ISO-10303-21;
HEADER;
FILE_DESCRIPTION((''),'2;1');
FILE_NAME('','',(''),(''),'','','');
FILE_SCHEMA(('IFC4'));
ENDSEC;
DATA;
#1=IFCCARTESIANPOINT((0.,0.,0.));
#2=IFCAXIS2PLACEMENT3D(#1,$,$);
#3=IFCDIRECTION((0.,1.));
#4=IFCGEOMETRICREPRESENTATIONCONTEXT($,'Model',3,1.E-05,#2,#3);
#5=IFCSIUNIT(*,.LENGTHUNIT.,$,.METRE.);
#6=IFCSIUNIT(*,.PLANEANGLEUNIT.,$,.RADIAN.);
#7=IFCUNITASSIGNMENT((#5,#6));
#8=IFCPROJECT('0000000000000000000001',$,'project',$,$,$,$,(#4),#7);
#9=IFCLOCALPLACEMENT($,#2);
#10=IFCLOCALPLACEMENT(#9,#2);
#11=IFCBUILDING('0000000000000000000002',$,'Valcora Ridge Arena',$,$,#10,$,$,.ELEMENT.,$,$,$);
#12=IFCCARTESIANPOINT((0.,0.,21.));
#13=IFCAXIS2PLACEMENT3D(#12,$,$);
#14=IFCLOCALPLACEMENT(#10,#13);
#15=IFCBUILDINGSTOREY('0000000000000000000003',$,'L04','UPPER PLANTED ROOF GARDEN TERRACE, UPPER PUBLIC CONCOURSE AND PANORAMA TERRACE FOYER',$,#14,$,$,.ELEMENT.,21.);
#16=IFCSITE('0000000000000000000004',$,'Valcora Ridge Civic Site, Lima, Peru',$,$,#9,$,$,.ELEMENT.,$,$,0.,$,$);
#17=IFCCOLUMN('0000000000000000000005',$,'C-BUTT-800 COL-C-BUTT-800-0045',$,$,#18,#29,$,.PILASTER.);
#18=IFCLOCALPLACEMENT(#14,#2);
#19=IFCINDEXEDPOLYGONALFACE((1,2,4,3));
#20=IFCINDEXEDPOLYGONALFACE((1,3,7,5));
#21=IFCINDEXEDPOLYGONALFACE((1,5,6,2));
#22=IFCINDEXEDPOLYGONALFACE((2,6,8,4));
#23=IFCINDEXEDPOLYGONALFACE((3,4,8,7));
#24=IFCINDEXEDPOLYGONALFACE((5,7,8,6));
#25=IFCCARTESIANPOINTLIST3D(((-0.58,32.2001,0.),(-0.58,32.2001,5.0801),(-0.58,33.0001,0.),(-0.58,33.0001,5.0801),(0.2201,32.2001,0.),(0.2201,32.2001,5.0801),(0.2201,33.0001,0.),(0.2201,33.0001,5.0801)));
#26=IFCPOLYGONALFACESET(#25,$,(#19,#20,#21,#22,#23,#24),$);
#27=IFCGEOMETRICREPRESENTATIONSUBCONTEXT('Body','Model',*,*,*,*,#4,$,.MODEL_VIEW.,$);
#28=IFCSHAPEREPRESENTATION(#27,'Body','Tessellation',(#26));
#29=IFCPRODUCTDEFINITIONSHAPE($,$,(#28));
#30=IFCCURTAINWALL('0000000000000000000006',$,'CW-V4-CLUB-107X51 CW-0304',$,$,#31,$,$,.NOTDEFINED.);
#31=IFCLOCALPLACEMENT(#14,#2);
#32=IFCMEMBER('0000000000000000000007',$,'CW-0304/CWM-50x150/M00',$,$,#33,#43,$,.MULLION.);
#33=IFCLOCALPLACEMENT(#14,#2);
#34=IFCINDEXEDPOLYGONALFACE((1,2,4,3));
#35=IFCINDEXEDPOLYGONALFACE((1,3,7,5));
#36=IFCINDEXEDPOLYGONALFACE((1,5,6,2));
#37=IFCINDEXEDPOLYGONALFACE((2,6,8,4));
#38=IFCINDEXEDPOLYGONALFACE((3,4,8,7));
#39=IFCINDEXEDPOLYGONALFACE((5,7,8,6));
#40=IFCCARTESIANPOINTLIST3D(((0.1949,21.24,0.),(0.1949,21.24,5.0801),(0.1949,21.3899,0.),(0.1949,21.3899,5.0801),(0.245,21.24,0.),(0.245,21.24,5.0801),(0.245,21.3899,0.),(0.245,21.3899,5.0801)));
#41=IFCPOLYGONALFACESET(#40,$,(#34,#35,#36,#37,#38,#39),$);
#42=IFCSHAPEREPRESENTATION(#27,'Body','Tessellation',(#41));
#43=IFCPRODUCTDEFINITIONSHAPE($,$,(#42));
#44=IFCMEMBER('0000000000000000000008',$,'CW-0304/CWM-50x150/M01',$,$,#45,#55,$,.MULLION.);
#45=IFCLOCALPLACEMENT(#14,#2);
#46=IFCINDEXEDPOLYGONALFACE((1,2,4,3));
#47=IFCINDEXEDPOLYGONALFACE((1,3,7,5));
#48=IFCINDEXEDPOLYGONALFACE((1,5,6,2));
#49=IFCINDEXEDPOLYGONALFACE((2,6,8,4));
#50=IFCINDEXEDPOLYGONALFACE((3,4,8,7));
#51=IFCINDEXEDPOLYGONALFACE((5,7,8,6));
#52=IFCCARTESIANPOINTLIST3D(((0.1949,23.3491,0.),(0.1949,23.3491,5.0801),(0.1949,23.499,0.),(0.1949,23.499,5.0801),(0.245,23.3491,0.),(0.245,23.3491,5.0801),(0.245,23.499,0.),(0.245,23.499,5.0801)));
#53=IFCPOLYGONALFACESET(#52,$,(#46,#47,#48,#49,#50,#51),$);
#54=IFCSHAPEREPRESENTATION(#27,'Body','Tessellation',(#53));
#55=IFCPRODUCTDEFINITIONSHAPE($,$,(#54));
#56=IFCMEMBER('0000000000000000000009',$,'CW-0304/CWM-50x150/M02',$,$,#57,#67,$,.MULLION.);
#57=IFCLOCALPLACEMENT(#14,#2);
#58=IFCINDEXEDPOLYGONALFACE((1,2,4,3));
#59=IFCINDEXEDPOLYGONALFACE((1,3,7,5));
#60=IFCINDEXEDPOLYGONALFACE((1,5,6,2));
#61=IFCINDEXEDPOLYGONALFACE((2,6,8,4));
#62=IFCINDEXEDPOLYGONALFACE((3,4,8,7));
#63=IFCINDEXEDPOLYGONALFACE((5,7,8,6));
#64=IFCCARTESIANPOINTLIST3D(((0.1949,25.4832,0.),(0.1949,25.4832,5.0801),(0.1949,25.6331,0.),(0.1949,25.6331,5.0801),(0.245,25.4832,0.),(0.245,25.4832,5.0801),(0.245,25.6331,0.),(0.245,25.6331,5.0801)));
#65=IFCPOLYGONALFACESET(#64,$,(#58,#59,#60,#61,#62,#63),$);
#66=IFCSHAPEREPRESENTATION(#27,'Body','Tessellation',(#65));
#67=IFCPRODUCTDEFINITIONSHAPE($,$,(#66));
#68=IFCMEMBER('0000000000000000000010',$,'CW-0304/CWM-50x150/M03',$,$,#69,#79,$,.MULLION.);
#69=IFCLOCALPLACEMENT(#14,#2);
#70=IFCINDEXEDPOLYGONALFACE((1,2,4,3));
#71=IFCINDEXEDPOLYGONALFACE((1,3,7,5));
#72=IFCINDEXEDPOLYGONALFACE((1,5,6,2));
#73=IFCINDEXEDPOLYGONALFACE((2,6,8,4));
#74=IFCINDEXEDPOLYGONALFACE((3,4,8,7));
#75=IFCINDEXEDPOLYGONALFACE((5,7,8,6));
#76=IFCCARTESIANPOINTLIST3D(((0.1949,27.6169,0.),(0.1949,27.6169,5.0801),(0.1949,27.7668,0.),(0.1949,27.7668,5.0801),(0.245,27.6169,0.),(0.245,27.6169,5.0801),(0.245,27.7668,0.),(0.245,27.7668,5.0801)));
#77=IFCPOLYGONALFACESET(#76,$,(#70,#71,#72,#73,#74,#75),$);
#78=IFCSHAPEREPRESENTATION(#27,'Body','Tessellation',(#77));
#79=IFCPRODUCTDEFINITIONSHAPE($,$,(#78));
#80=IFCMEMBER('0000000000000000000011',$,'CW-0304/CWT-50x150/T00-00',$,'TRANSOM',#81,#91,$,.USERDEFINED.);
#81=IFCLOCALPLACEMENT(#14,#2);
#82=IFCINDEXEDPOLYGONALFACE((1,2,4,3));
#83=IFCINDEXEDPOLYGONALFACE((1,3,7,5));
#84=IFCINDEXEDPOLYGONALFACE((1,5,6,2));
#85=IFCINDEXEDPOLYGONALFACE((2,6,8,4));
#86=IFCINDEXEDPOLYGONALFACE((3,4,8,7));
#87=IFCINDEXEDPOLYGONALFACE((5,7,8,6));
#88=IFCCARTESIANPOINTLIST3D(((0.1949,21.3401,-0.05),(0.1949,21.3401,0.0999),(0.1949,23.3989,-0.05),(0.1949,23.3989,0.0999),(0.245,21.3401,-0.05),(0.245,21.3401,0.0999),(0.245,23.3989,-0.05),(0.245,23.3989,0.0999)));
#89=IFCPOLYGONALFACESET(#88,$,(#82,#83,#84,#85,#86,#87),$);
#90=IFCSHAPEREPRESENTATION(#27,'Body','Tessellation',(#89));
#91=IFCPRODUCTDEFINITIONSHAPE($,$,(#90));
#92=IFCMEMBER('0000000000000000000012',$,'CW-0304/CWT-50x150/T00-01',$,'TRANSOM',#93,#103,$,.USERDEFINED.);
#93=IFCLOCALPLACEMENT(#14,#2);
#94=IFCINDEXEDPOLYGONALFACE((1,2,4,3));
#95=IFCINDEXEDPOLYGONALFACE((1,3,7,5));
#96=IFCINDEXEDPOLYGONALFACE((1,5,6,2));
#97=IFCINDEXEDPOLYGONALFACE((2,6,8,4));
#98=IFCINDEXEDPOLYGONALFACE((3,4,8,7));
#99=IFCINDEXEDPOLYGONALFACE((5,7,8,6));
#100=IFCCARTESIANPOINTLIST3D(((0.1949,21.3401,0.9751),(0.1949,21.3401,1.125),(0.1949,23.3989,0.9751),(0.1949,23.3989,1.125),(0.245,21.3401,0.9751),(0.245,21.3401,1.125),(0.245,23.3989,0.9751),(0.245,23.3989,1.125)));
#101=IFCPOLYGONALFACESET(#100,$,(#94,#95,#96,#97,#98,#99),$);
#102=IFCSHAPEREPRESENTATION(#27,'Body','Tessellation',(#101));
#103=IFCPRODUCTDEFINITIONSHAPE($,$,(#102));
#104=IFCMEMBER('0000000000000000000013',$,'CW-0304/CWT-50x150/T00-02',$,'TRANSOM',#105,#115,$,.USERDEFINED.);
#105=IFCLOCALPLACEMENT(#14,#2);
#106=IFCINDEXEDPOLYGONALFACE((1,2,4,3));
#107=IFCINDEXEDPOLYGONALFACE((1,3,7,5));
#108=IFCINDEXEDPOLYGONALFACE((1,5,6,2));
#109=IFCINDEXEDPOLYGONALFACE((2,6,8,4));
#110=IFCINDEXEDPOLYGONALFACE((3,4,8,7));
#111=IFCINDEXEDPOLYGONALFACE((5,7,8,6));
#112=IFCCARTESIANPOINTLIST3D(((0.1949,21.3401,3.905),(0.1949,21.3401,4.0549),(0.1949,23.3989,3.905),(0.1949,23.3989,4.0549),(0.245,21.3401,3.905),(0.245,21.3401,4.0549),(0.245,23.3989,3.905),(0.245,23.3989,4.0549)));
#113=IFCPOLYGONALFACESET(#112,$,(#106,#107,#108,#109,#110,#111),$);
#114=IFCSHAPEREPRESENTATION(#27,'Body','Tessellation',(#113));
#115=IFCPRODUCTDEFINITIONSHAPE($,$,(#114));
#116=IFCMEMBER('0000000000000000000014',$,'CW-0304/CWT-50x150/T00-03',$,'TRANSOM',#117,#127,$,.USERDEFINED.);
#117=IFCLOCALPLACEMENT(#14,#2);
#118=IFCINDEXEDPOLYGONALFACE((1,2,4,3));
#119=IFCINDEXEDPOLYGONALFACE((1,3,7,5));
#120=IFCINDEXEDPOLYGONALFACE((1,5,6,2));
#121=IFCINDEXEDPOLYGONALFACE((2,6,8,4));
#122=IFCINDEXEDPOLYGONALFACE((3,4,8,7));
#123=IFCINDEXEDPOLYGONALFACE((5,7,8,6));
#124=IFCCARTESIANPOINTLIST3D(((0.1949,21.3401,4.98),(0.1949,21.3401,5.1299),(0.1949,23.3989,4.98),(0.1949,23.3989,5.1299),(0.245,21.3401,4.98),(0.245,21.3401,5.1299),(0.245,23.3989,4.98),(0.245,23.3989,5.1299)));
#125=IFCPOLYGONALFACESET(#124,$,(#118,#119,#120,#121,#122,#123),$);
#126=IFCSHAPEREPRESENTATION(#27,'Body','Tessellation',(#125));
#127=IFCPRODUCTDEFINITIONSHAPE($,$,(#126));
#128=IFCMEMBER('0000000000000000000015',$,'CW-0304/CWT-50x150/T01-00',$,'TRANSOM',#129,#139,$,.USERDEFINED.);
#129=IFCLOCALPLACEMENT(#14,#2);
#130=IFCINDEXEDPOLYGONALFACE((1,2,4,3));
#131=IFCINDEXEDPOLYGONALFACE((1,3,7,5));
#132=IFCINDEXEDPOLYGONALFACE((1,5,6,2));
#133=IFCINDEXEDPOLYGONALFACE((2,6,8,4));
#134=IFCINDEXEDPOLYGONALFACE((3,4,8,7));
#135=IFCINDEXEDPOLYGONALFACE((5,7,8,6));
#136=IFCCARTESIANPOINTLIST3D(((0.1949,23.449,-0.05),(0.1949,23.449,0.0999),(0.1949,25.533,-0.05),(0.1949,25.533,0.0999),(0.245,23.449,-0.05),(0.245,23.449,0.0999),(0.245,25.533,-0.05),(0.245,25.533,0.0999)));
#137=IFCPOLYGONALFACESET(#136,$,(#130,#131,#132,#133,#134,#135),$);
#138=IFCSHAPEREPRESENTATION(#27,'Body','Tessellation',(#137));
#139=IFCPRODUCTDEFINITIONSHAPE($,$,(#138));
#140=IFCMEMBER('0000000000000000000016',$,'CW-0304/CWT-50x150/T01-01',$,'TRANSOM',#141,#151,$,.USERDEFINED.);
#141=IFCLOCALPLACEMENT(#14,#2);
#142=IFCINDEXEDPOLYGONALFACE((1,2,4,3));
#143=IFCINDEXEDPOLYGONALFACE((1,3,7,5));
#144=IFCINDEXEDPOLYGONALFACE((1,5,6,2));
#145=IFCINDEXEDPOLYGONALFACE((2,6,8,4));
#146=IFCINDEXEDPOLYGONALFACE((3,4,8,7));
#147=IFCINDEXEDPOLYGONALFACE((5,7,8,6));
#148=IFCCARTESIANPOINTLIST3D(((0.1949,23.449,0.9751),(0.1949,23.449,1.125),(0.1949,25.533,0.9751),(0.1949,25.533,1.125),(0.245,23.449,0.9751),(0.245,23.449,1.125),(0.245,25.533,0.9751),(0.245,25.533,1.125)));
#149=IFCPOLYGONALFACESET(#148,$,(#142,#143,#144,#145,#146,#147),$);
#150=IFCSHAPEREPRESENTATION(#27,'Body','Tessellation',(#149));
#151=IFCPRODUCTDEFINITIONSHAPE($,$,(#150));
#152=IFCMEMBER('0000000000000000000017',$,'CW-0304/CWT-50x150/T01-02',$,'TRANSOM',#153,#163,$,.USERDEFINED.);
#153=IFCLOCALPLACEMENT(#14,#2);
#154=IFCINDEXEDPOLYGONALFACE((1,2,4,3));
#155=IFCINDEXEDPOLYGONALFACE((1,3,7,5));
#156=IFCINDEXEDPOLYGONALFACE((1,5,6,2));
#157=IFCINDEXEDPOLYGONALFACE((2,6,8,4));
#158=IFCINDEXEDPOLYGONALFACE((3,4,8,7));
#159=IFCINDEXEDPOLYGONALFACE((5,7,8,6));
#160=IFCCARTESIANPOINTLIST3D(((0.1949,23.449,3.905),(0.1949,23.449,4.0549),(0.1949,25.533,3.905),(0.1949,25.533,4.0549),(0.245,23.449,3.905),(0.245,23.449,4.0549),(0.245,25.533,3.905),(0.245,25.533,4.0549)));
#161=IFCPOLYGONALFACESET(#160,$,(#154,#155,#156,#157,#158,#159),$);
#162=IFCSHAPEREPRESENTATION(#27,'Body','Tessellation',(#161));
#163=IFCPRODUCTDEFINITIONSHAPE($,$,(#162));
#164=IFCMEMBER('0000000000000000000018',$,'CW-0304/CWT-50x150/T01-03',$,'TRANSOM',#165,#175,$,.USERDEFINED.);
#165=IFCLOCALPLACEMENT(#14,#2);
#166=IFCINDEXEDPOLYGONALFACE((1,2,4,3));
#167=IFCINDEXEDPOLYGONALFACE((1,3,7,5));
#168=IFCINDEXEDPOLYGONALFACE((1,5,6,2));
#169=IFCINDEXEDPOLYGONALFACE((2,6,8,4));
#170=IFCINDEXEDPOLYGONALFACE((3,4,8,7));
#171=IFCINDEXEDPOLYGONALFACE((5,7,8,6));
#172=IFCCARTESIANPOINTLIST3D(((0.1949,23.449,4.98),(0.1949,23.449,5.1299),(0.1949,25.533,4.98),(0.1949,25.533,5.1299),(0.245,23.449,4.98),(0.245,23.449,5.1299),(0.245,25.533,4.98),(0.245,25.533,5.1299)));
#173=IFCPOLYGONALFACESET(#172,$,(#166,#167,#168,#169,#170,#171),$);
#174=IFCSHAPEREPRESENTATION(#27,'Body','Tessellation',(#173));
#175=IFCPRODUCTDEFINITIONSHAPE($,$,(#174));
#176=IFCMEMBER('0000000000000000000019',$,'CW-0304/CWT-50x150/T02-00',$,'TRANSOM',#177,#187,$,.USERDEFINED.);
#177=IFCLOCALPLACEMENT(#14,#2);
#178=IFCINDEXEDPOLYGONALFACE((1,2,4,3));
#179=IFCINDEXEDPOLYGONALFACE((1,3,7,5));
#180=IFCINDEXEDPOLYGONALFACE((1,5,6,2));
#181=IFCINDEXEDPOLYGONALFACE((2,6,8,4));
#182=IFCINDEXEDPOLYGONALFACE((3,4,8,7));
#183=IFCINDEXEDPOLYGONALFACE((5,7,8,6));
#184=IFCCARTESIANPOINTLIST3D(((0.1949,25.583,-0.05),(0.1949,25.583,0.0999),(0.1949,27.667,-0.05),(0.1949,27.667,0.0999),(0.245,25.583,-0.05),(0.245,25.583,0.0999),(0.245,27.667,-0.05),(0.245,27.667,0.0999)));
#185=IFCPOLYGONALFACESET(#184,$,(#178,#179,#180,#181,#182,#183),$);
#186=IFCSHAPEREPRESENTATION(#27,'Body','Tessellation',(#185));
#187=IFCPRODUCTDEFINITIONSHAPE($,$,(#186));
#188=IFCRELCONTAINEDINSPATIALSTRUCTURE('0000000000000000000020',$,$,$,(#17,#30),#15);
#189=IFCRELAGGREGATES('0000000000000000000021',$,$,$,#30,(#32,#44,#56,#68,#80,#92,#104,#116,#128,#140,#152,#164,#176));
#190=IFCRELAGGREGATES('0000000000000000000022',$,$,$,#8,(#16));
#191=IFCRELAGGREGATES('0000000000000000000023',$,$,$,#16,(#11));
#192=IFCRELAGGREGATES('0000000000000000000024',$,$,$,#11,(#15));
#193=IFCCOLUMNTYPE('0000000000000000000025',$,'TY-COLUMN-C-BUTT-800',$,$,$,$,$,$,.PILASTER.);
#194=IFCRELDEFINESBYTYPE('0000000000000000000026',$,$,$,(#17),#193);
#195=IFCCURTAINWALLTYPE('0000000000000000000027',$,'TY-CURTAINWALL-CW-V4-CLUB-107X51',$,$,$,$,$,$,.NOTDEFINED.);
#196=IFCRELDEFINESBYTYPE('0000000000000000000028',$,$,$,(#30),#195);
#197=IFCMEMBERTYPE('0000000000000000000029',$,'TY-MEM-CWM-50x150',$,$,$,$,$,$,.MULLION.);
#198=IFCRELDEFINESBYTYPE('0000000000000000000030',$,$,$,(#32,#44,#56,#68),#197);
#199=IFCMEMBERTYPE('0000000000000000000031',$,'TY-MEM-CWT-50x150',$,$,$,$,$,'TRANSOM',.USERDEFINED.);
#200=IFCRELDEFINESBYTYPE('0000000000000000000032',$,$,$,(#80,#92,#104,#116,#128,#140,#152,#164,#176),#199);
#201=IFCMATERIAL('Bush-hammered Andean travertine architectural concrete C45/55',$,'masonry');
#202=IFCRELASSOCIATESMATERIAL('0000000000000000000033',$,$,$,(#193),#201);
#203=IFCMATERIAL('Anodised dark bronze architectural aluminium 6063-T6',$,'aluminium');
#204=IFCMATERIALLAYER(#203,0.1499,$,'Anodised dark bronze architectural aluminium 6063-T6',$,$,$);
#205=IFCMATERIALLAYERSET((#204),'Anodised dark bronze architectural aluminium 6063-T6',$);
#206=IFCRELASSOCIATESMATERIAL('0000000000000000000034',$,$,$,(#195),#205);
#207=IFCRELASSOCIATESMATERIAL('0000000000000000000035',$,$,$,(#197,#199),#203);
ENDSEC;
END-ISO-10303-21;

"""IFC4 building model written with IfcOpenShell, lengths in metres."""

from ifc_helpers import new_model, si_unit, direction, frame, origin, origin_2d, place, context, subcontext, project, spatial, rectangle, extrude, material, layer, layer_set, material_profile, profile_set, type_object, element, aggregate, save


model = new_model("IFC4")

# Units and contexts
model_context = context("Model", 3, precision=1e-05, world=origin(), true_north=direction((0.0, 1.0)))
body_context = subcontext(model_context, "Body", "Model", "MODEL_VIEW")
ifc_project = project(units=[si_unit("LENGTHUNIT", "METRE"), si_unit("PLANEANGLEUNIT", "RADIAN")], contexts=[model_context])

# Site, building, storey
site_placement = place(None, origin())
site = spatial("IfcSite", under=ifc_project, at=site_placement, Name="Valcora Ridge Civic Site, Lima, Peru", CompositionType="ELEMENT", RefElevation=0.0)
building_placement = place(site_placement, origin())
building = spatial("IfcBuilding", under=site, at=building_placement, Name="Valcora Ridge Arena", CompositionType="ELEMENT")
storey_placement = place(building_placement, frame((0.0, 0.0, 21.0)))
storey = spatial("IfcBuildingStorey", under=building, at=storey_placement, Name="L04", Description="UPPER PLANTED ROOF GARDEN TERRACE, UPPER PUBLIC CONCOURSE AND PANORAMA TERRACE FOYER", CompositionType="ELEMENT", Elevation=21.0)

# Column
ifc_material_1 = material(Name="Bush-hammered Andean travertine architectural concrete C45/55", Category="masonry")
ifc_material_profile_1 = material_profile(ifc_material_1, rectangle(XDim=0.8, YDim=0.8, at=origin_2d()), Name="RC 800x800")
ifc_profile_set_1 = profile_set([ifc_material_profile_1], Name="Bush-hammered Andean travertine architectural concrete C45/55")
column_type = type_object("IfcColumnType", Name="TY-COLUMN-C-BUTT-800", PredefinedType="PILASTER", material=ifc_profile_set_1)
column_placement = place(storey_placement, frame((-0.1799, 32.6001, 0.0), z_axis=(0.0, 0.0, 1.0), x_axis=(1.0, 0.0, 0.0)))
element("IfcColumn", 1, at=column_placement, inside=storey, type_object=column_type, Name="C-BUTT-800 COL-C-BUTT-800-0045", PredefinedType="PILASTER", context=body_context, shape_type="SweptSolid", body=[
    extrude(rectangle(XDim=0.8, YDim=0.8, at=origin_2d()), origin(), (0.0, 0.0, 1.0), 5.0801),
])

# Curtain wall, members
ifc_material_2 = material(Name="Anodised dark bronze architectural aluminium 6063-T6", Category="aluminium")
ifc_layer_1 = layer(ifc_material_2, 0.1499, Name="Anodised dark bronze architectural aluminium 6063-T6")
ifc_layer_set_1 = layer_set([ifc_layer_1], Name="Anodised dark bronze architectural aluminium 6063-T6")
curtain_wall_type = type_object("IfcCurtainWallType", Name="TY-CURTAINWALL-CW-V4-CLUB-107X51", PredefinedType="NOTDEFINED", material=ifc_layer_set_1)
curtain_wall_placement = place(storey_placement, origin())
curtain_wall = element("IfcCurtainWall", 2, at=curtain_wall_placement, inside=storey, type_object=curtain_wall_type, Name="CW-V4-CLUB-107X51 CW-0304", PredefinedType="NOTDEFINED")
ifc_material_profile_2 = material_profile(ifc_material_2, rectangle(XDim=0.05, YDim=0.1499, at=origin_2d()), Name="ALU MULLION 50x150")
ifc_profile_set_2 = profile_set([ifc_material_profile_2], Name="Anodised dark bronze architectural aluminium 6063-T6")
member_type_1 = type_object("IfcMemberType", Name="TY-MEM-CWM-50x150", PredefinedType="MULLION", material=ifc_profile_set_2)
member_1_placement = place(storey_placement, frame((0.22, 21.3149, 0.0), z_axis=(0.0, 0.0, 1.0), x_axis=(-1.0, 0.0, 0.0)))
member_1 = element("IfcMember", 3, at=member_1_placement, type_object=member_type_1, Name="CW-0304/CWM-50x150/M00", PredefinedType="MULLION", context=body_context, shape_type="SweptSolid", body=[
    extrude(rectangle(XDim=0.05, YDim=0.1499, at=origin_2d()), origin(), (0.0, 0.0, 1.0), 5.0801),
])
member_2_placement = place(storey_placement, frame((0.22, 23.4241, 0.0), z_axis=(0.0, 0.0, 1.0), x_axis=(-1.0, 0.0, 0.0)))
member_2 = element("IfcMember", 4, at=member_2_placement, type_object=member_type_1, Name="CW-0304/CWM-50x150/M01", PredefinedType="MULLION", context=body_context, shape_type="SweptSolid", body=[
    extrude(rectangle(XDim=0.05, YDim=0.1499, at=origin_2d()), origin(), (0.0, 0.0, 1.0), 5.0801),
])
member_3_placement = place(storey_placement, frame((0.22, 25.5581, 0.0), z_axis=(0.0, 0.0, 1.0), x_axis=(-1.0, 0.0, 0.0)))
member_3 = element("IfcMember", 5, at=member_3_placement, type_object=member_type_1, Name="CW-0304/CWM-50x150/M02", PredefinedType="MULLION", context=body_context, shape_type="SweptSolid", body=[
    extrude(rectangle(XDim=0.05, YDim=0.1499, at=origin_2d()), origin(), (0.0, 0.0, 1.0), 5.0801),
])
member_4_placement = place(storey_placement, frame((0.22, 27.6919, 0.0), z_axis=(0.0, 0.0, 1.0), x_axis=(-1.0, 0.0, 0.0)))
member_4 = element("IfcMember", 6, at=member_4_placement, type_object=member_type_1, Name="CW-0304/CWM-50x150/M03", PredefinedType="MULLION", context=body_context, shape_type="SweptSolid", body=[
    extrude(rectangle(XDim=0.05, YDim=0.1499, at=origin_2d()), origin(), (0.0, 0.0, 1.0), 5.0801),
])
ifc_material_profile_3 = material_profile(ifc_material_2, rectangle(XDim=0.05, YDim=0.1499, at=origin_2d()), Name="ALU TRANSOM 50x150")
ifc_profile_set_3 = profile_set([ifc_material_profile_3], Name="Anodised dark bronze architectural aluminium 6063-T6")
member_type_2 = type_object("IfcMemberType", Name="TY-MEM-CWT-50x150", ElementType="TRANSOM", PredefinedType="USERDEFINED", material=ifc_profile_set_3)
member_5_placement = place(storey_placement, frame((0.22, 21.3401, 0.0249), z_axis=(0.0, 1.0, 0.0), x_axis=(-1.0, 0.0, 0.0)))
member_5 = element("IfcMember", 7, at=member_5_placement, type_object=member_type_2, Name="CW-0304/CWT-50x150/T00-00", ObjectType="TRANSOM", PredefinedType="USERDEFINED", context=body_context, shape_type="SweptSolid", body=[
    extrude(rectangle(XDim=0.05, YDim=0.1499, at=origin_2d()), origin(), (0.0, 0.0, 1.0), 2.0588),
])
member_6_placement = place(storey_placement, frame((0.22, 21.3401, 1.05), z_axis=(0.0, 1.0, 0.0), x_axis=(-1.0, 0.0, 0.0)))
member_6 = element("IfcMember", 8, at=member_6_placement, type_object=member_type_2, Name="CW-0304/CWT-50x150/T00-01", ObjectType="TRANSOM", PredefinedType="USERDEFINED", context=body_context, shape_type="SweptSolid", body=[
    extrude(rectangle(XDim=0.05, YDim=0.1499, at=origin_2d()), origin(), (0.0, 0.0, 1.0), 2.0588),
])
member_7_placement = place(storey_placement, frame((0.22, 21.3401, 3.98), z_axis=(0.0, 1.0, 0.0), x_axis=(-1.0, 0.0, 0.0)))
member_7 = element("IfcMember", 9, at=member_7_placement, type_object=member_type_2, Name="CW-0304/CWT-50x150/T00-02", ObjectType="TRANSOM", PredefinedType="USERDEFINED", context=body_context, shape_type="SweptSolid", body=[
    extrude(rectangle(XDim=0.05, YDim=0.1499, at=origin_2d()), origin(), (0.0, 0.0, 1.0), 2.0588),
])
member_8_placement = place(storey_placement, frame((0.22, 21.3401, 5.0549), z_axis=(0.0, 1.0, 0.0), x_axis=(-1.0, 0.0, 0.0)))
member_8 = element("IfcMember", 10, at=member_8_placement, type_object=member_type_2, Name="CW-0304/CWT-50x150/T00-03", ObjectType="TRANSOM", PredefinedType="USERDEFINED", context=body_context, shape_type="SweptSolid", body=[
    extrude(rectangle(XDim=0.05, YDim=0.1499, at=origin_2d()), origin(), (0.0, 0.0, 1.0), 2.0588),
])
member_9_placement = place(storey_placement, frame((0.22, 23.449, 0.0249), z_axis=(0.0, 1.0, 0.0), x_axis=(-1.0, 0.0, 0.0)))
member_9 = element("IfcMember", 11, at=member_9_placement, type_object=member_type_2, Name="CW-0304/CWT-50x150/T01-00", ObjectType="TRANSOM", PredefinedType="USERDEFINED", context=body_context, shape_type="SweptSolid", body=[
    extrude(rectangle(XDim=0.05, YDim=0.1499, at=origin_2d()), origin(), (0.0, 0.0, 1.0), 2.084),
])
member_10_placement = place(storey_placement, frame((0.22, 23.449, 1.05), z_axis=(0.0, 1.0, 0.0), x_axis=(-1.0, 0.0, 0.0)))
member_10 = element("IfcMember", 12, at=member_10_placement, type_object=member_type_2, Name="CW-0304/CWT-50x150/T01-01", ObjectType="TRANSOM", PredefinedType="USERDEFINED", context=body_context, shape_type="SweptSolid", body=[
    extrude(rectangle(XDim=0.05, YDim=0.1499, at=origin_2d()), origin(), (0.0, 0.0, 1.0), 2.084),
])
member_11_placement = place(storey_placement, frame((0.22, 23.449, 3.98), z_axis=(0.0, 1.0, 0.0), x_axis=(-1.0, 0.0, 0.0)))
member_11 = element("IfcMember", 13, at=member_11_placement, type_object=member_type_2, Name="CW-0304/CWT-50x150/T01-02", ObjectType="TRANSOM", PredefinedType="USERDEFINED", context=body_context, shape_type="SweptSolid", body=[
    extrude(rectangle(XDim=0.05, YDim=0.1499, at=origin_2d()), origin(), (0.0, 0.0, 1.0), 2.084),
])
member_12_placement = place(storey_placement, frame((0.22, 23.449, 5.0549), z_axis=(0.0, 1.0, 0.0), x_axis=(-1.0, 0.0, 0.0)))
member_12 = element("IfcMember", 14, at=member_12_placement, type_object=member_type_2, Name="CW-0304/CWT-50x150/T01-03", ObjectType="TRANSOM", PredefinedType="USERDEFINED", context=body_context, shape_type="SweptSolid", body=[
    extrude(rectangle(XDim=0.05, YDim=0.1499, at=origin_2d()), origin(), (0.0, 0.0, 1.0), 2.084),
])
member_13_placement = place(storey_placement, frame((0.22, 25.583, 0.0249), z_axis=(0.0, 1.0, 0.0), x_axis=(-1.0, 0.0, 0.0)))
member_13 = element("IfcMember", 15, at=member_13_placement, type_object=member_type_2, Name="CW-0304/CWT-50x150/T02-00", ObjectType="TRANSOM", PredefinedType="USERDEFINED", context=body_context, shape_type="SweptSolid", body=[
    extrude(rectangle(XDim=0.05, YDim=0.1499, at=origin_2d()), origin(), (0.0, 0.0, 1.0), 2.084),
])
aggregate(curtain_wall, [member_1, member_2, member_3, member_4, member_5, member_6, member_7, member_8, member_9, member_10, member_11, member_12, member_13])

save(model, "model.ifc")
